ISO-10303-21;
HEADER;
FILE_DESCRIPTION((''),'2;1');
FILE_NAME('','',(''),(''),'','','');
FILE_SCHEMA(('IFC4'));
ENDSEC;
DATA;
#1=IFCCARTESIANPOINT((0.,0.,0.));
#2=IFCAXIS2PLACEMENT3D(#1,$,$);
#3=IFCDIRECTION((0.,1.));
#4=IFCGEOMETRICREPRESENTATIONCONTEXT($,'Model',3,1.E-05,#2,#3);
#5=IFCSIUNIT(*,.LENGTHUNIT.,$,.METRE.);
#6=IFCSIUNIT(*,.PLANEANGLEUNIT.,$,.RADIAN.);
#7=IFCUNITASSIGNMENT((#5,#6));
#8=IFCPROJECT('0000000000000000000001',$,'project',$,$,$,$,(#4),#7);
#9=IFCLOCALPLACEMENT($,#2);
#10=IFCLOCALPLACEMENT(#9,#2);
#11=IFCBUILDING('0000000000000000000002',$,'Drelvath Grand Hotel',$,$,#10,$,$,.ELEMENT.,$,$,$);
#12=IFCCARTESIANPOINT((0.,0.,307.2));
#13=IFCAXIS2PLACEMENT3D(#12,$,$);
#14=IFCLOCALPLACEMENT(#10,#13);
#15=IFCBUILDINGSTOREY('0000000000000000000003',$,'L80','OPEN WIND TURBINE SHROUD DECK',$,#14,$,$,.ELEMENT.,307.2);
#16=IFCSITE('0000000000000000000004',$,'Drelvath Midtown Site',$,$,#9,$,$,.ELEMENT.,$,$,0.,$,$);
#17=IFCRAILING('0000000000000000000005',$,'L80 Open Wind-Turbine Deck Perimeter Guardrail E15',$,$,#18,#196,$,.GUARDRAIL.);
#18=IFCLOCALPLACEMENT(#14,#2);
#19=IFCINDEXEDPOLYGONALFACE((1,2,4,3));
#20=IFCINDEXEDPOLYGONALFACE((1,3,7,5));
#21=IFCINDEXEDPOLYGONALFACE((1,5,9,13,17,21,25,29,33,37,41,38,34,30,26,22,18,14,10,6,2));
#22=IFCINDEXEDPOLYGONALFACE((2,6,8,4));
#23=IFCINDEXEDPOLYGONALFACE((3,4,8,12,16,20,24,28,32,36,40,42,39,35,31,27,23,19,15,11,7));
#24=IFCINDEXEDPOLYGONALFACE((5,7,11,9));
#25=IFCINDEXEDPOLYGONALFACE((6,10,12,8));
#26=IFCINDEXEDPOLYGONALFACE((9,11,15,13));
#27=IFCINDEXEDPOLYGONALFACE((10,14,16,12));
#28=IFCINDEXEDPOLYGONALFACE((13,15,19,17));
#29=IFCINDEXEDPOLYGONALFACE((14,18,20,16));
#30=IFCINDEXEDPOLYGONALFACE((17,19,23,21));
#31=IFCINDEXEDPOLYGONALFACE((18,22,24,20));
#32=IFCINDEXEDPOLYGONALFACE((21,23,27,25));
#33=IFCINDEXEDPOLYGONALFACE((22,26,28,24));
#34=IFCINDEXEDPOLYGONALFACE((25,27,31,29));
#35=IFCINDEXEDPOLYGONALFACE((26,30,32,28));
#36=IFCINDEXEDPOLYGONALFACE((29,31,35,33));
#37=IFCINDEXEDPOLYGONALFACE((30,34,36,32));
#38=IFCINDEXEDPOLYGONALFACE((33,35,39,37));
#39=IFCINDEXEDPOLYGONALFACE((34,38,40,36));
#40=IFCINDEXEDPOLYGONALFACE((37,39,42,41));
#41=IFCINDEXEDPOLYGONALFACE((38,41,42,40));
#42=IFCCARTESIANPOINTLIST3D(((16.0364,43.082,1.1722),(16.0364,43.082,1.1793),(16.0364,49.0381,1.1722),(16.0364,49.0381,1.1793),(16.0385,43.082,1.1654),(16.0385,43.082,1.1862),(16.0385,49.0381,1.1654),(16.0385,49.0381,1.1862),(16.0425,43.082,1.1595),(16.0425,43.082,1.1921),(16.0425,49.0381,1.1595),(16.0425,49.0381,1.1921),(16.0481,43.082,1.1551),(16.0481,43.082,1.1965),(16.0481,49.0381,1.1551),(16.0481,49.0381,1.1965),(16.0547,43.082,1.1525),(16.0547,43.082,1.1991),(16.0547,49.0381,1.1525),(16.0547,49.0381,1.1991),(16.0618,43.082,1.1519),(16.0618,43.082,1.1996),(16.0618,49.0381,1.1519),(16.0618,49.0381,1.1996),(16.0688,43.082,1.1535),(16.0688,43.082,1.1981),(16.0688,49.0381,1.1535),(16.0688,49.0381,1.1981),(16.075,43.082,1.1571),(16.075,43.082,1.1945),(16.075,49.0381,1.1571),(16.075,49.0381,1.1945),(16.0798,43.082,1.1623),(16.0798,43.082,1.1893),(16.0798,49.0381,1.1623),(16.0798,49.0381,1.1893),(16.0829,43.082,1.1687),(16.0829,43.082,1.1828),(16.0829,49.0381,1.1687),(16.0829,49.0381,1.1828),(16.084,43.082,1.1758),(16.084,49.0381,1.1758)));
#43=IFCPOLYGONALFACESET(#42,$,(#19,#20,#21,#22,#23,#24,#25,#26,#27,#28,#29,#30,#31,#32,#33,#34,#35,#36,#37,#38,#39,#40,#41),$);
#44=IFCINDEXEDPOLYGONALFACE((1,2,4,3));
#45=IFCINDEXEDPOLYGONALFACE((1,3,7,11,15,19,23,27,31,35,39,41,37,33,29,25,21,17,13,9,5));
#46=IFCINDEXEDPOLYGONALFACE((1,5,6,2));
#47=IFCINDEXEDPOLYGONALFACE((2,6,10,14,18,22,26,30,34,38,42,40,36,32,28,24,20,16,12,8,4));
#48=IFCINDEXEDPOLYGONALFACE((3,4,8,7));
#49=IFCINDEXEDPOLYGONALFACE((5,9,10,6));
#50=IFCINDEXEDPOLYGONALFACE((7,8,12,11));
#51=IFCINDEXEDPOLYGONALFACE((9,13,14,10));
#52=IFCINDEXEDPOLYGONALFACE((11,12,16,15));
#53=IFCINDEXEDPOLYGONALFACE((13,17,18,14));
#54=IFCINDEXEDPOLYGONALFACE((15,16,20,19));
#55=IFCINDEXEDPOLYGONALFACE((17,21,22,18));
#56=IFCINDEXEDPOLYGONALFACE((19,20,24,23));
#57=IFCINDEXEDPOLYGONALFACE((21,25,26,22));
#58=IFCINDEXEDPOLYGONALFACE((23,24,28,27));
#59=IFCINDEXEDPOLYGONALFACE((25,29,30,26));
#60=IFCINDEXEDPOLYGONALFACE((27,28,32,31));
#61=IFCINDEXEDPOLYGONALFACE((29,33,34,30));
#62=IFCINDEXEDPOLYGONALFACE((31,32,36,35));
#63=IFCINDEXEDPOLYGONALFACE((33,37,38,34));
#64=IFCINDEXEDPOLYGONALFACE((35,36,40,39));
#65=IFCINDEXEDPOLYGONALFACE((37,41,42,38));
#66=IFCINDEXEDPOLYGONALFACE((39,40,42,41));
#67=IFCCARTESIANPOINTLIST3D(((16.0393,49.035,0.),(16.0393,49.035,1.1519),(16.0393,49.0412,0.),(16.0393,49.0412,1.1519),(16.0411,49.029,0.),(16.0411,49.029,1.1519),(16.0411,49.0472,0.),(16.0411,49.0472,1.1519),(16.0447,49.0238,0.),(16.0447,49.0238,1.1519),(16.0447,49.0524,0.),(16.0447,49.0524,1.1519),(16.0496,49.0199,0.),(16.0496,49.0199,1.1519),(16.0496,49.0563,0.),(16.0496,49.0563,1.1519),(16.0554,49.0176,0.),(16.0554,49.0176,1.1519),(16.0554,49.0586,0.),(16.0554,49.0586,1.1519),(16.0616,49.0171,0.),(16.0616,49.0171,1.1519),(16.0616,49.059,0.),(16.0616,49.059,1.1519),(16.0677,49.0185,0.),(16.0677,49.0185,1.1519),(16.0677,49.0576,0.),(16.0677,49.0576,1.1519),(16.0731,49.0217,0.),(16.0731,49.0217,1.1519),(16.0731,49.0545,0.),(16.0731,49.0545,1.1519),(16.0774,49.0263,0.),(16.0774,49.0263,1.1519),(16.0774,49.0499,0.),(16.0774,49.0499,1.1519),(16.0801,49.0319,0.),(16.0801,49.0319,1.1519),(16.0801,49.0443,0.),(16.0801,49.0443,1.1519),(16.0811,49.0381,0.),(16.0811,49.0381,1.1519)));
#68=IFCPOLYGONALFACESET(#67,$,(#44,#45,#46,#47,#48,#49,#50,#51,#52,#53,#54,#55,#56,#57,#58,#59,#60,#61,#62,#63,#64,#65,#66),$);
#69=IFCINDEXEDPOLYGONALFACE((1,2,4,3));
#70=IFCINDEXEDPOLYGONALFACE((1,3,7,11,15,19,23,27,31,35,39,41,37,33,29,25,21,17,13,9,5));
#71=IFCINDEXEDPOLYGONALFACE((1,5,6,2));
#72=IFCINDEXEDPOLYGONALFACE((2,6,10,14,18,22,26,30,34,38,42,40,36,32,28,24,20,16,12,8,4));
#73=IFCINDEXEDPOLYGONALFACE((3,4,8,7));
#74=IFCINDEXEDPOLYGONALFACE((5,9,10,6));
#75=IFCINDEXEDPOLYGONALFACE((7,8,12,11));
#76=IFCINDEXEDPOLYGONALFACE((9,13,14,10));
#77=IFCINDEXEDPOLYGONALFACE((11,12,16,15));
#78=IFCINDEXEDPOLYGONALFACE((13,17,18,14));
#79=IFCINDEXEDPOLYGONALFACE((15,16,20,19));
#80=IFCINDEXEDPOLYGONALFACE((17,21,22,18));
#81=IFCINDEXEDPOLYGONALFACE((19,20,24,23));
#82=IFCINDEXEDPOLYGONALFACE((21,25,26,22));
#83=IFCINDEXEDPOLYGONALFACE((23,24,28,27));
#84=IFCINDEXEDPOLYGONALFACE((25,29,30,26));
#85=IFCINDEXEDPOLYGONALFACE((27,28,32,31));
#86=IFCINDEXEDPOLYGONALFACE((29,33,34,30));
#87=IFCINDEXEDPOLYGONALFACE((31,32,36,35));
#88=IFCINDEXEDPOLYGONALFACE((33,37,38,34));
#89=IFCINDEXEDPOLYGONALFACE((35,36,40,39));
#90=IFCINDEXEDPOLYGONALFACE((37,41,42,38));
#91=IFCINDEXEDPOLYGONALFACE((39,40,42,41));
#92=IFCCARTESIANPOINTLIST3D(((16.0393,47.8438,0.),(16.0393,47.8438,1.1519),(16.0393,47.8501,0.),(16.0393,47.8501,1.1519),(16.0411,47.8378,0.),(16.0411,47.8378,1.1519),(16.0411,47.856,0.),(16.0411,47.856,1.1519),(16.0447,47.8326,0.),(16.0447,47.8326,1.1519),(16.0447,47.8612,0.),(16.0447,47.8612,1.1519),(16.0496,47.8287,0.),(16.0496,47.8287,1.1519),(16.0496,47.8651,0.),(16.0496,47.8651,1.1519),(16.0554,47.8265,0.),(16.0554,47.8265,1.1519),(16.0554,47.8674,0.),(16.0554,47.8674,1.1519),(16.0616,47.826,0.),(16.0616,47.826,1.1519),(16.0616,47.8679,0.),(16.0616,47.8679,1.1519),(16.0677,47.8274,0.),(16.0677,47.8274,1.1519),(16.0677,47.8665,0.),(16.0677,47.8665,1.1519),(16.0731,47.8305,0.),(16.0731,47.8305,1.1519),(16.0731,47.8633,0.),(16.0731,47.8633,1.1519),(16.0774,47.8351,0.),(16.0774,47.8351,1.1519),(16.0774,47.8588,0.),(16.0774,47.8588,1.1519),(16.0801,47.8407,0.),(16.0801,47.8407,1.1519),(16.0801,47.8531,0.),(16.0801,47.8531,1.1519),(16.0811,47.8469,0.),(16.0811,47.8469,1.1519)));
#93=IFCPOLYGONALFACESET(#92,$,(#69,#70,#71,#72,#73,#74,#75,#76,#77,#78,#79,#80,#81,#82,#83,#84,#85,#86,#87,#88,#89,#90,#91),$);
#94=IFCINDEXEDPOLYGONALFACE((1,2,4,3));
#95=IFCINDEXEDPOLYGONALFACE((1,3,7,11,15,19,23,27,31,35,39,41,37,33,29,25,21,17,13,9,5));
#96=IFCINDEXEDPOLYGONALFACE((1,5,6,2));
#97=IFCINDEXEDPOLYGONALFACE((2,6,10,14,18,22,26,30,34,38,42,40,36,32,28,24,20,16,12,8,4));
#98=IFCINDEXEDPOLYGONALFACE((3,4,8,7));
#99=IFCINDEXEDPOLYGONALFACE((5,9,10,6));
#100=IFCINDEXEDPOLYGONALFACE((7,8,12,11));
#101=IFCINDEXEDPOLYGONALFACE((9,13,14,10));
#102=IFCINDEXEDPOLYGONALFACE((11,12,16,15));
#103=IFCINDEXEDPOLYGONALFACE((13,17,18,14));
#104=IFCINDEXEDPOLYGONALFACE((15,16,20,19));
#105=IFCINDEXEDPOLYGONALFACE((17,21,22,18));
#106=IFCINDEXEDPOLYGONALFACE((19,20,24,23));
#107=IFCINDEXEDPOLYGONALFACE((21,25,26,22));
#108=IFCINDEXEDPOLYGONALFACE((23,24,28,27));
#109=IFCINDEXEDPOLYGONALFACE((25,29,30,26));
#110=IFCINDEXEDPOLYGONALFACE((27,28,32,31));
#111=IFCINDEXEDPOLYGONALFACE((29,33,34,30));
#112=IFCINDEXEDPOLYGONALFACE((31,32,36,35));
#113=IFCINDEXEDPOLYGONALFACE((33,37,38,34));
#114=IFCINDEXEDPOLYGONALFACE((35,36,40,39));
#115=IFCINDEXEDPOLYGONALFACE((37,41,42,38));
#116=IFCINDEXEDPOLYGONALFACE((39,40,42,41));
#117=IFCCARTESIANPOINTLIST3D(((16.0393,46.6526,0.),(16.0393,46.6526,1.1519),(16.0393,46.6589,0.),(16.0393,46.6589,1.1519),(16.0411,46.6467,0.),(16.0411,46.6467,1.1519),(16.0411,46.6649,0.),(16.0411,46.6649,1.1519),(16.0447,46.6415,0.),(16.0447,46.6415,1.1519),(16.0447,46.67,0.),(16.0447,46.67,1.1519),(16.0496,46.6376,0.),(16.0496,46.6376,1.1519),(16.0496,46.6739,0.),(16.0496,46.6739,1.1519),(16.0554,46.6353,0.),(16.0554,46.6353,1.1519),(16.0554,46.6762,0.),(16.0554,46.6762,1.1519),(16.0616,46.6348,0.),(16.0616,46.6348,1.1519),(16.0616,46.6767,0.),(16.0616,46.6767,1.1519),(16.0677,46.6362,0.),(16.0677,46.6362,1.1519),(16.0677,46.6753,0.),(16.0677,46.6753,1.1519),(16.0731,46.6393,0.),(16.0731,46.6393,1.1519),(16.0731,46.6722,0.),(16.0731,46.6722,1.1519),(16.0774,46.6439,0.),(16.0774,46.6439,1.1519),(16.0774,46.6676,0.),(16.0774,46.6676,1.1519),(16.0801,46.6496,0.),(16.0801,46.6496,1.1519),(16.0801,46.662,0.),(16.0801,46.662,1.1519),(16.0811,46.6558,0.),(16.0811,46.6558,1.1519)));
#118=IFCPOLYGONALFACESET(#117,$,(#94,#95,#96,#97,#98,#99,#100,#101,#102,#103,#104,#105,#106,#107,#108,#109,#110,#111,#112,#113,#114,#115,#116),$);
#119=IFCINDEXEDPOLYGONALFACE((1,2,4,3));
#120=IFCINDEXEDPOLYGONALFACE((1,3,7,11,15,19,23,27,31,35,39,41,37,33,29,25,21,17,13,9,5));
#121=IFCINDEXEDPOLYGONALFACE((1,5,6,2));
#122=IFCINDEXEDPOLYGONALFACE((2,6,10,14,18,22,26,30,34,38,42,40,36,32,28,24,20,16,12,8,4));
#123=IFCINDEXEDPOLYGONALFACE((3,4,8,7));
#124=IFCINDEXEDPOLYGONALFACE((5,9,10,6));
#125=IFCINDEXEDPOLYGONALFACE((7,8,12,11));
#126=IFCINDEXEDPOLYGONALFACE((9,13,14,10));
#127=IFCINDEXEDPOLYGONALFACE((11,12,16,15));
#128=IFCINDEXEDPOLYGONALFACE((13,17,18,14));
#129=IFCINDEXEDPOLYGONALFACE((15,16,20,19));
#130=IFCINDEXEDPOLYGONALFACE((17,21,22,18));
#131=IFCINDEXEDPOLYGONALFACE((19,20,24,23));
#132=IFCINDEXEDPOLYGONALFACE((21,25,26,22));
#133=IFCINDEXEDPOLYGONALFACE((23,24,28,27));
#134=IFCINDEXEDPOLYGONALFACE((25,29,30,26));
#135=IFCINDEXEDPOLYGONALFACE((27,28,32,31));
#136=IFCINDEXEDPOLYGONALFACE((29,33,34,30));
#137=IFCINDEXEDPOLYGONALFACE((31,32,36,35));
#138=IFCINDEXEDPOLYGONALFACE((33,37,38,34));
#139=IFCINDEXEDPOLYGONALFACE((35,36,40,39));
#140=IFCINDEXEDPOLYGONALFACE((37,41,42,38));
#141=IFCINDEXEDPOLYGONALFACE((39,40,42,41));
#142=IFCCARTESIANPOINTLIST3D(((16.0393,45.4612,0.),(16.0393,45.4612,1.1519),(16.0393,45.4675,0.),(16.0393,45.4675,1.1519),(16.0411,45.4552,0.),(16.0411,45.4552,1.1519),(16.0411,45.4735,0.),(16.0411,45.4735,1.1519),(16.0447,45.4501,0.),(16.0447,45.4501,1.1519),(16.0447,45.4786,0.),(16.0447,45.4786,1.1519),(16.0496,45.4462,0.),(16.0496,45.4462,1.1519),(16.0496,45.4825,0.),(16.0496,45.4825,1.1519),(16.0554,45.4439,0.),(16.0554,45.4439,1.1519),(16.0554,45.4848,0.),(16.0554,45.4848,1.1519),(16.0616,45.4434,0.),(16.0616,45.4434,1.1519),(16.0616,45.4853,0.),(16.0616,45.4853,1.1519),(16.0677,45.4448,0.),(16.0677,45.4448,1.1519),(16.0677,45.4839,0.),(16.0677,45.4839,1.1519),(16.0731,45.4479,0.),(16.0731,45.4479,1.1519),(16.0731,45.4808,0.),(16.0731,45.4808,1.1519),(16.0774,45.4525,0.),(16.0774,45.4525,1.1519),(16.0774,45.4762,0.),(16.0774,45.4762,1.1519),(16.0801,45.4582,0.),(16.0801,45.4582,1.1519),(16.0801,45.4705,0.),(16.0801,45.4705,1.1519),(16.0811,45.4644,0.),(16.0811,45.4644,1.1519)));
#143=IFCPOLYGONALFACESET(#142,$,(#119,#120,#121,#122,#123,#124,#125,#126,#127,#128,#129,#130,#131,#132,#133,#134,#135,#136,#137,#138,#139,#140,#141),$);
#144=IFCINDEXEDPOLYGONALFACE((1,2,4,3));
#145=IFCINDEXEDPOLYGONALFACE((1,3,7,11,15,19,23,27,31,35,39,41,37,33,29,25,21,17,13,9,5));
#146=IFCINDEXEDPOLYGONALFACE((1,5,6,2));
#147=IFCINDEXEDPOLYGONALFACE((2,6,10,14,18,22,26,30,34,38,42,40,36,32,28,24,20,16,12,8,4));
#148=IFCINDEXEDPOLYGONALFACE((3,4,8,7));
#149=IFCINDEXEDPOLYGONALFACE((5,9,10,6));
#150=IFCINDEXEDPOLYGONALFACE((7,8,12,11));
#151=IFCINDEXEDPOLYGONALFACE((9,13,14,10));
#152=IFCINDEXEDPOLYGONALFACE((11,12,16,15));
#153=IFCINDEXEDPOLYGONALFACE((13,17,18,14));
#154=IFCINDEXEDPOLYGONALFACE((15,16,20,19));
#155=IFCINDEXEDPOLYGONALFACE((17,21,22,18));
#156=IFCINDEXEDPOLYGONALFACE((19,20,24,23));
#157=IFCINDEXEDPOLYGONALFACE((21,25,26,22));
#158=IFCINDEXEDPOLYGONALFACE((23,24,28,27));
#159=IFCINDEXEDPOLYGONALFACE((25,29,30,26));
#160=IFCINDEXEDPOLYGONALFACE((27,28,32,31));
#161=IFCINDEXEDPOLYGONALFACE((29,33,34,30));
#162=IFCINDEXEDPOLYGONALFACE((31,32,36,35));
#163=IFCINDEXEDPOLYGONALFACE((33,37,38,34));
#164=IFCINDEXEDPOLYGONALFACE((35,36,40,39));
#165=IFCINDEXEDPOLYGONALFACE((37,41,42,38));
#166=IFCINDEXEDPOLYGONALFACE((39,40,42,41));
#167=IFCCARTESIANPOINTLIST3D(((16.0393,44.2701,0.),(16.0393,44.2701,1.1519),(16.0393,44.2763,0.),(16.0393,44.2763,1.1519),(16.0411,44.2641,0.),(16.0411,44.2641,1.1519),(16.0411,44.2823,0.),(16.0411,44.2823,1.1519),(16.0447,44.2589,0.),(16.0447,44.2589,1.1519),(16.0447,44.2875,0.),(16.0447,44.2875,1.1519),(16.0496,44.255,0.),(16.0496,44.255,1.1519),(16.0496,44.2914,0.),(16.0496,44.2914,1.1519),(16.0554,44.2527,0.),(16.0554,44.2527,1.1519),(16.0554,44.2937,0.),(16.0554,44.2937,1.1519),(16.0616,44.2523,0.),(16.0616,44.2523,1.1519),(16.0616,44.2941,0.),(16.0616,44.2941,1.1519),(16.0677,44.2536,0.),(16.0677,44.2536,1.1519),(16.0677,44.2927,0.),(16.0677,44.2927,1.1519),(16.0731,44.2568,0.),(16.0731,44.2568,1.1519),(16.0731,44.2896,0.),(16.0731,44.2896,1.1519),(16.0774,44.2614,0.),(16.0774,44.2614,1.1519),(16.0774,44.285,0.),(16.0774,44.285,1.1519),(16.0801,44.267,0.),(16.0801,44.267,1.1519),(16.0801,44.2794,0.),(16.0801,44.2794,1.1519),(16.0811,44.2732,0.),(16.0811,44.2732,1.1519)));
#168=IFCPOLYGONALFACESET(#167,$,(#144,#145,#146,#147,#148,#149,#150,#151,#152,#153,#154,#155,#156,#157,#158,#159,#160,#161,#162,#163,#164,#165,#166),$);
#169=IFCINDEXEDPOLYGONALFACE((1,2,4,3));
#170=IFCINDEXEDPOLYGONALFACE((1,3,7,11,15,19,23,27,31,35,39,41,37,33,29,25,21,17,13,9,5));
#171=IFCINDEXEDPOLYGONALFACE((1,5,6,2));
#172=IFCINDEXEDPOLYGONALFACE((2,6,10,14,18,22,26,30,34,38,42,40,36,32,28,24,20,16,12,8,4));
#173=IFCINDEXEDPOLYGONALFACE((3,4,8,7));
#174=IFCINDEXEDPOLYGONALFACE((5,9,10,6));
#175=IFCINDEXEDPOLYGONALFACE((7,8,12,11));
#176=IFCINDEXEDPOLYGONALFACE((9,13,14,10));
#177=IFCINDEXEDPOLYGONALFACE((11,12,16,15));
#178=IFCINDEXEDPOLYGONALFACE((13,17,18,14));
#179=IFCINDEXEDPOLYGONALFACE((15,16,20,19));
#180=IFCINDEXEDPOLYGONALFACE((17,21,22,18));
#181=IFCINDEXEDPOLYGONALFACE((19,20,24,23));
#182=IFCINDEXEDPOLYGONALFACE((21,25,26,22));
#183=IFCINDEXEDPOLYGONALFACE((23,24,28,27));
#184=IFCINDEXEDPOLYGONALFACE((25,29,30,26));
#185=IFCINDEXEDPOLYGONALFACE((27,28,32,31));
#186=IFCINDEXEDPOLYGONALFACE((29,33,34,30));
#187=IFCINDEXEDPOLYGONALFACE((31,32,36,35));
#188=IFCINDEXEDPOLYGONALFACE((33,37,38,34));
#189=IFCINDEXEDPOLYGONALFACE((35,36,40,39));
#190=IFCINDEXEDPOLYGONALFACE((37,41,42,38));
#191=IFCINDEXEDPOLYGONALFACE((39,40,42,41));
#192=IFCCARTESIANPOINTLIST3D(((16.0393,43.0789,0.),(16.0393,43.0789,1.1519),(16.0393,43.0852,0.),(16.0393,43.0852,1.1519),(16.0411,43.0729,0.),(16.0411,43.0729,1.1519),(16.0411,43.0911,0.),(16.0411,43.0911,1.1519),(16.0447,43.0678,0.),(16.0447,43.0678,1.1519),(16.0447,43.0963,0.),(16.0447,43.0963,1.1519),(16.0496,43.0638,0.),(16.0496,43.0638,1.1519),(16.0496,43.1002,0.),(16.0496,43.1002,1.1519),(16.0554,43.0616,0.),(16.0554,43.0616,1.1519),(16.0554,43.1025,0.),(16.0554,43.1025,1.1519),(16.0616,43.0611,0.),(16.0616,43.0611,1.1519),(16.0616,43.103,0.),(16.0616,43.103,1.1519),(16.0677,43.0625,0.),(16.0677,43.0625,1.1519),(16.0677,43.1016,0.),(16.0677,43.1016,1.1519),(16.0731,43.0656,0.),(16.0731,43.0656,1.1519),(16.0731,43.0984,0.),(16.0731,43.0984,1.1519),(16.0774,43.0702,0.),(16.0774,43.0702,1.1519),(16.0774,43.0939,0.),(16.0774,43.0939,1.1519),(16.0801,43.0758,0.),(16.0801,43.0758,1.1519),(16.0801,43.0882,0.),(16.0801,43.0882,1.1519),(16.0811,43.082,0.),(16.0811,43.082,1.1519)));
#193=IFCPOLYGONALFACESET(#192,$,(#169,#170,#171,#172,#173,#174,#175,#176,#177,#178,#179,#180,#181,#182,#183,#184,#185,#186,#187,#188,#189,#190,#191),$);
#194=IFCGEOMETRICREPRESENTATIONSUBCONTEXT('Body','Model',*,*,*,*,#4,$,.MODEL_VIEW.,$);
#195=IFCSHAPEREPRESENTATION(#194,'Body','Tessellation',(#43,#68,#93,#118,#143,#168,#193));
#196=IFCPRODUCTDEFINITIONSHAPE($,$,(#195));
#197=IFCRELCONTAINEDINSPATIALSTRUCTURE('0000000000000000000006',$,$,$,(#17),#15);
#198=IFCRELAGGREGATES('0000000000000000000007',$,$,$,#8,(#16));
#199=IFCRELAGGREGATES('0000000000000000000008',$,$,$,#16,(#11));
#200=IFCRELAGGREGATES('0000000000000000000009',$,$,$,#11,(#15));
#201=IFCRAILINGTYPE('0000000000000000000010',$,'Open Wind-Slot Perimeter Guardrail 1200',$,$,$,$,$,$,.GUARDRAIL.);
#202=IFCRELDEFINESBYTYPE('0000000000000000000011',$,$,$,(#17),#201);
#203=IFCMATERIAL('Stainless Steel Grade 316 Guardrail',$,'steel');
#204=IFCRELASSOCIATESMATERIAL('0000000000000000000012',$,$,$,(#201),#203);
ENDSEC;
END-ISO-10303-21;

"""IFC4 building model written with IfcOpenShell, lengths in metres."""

from ifc_helpers import new_model, si_unit, direction, frame, origin, origin_2d, place, context, subcontext, project, spatial, circle, extrude, material, type_object, element, save


model = new_model("IFC4")

# Units and contexts
model_context = context("Model", 3, precision=1e-05, world=origin(), true_north=direction((0.0, 1.0)))
body_context = subcontext(model_context, "Body", "Model", "MODEL_VIEW")
ifc_project = project(units=[si_unit("LENGTHUNIT", "METRE"), si_unit("PLANEANGLEUNIT", "RADIAN")], contexts=[model_context])

# Site, building, storey
site_placement = place(None, origin())
site = spatial("IfcSite", under=ifc_project, at=site_placement, Name="Drelvath Midtown Site", CompositionType="ELEMENT", RefElevation=0.0)
building_placement = place(site_placement, origin())
building = spatial("IfcBuilding", under=site, at=building_placement, Name="Drelvath Grand Hotel", CompositionType="ELEMENT")
storey_placement = place(building_placement, frame((0.0, 0.0, 307.2)))
storey = spatial("IfcBuildingStorey", under=building, at=storey_placement, Name="L80", Description="OPEN WIND TURBINE SHROUD DECK", CompositionType="ELEMENT", Elevation=307.2)

# Railing
ifc_material_1 = material(Name="Stainless Steel Grade 316 Guardrail", Category="steel")
railing_type = type_object("IfcRailingType", Name="Open Wind-Slot Perimeter Guardrail 1200", PredefinedType="GUARDRAIL", material=ifc_material_1)
railing_1_placement = place(storey_placement, frame((16.0601, 49.0381, 0.0)))
element("IfcRailing", 1, at=railing_1_placement, inside=storey, type_object=railing_type, Name="L80 Open Wind-Turbine Deck Perimeter Guardrail E15", PredefinedType="GUARDRAIL", context=body_context, shape_type="SweptSolid", body=[
    extrude(circle(Radius=0.0239, at=origin_2d()), frame((0.0, 0.0, 1.1758), z_axis=(0.0, -1.0, 0.0), x_axis=(1.0, 0.0, 0.0)), (0.0, 0.0, 1.0), 5.9561),
    extrude(circle(Radius=0.021, at=origin_2d()), origin(), (0.0, 0.0, 1.0), 1.1519),
    extrude(circle(Radius=0.021, at=origin_2d()), frame((0.0, -1.1912, 0.0)), (0.0, 0.0, 1.0), 1.1519),
    extrude(circle(Radius=0.021, at=origin_2d()), frame((0.0, -2.3823, 0.0)), (0.0, 0.0, 1.0), 1.1519),
    extrude(circle(Radius=0.021, at=origin_2d()), frame((0.0, -3.5737, 0.0)), (0.0, 0.0, 1.0), 1.1519),
    extrude(circle(Radius=0.021, at=origin_2d()), frame((0.0, -4.7649, 0.0)), (0.0, 0.0, 1.0), 1.1519),
    extrude(circle(Radius=0.021, at=origin_2d()), frame((0.0, -5.9561, 0.0)), (0.0, 0.0, 1.0), 1.1519),
])

save(model, "model.ifc")
